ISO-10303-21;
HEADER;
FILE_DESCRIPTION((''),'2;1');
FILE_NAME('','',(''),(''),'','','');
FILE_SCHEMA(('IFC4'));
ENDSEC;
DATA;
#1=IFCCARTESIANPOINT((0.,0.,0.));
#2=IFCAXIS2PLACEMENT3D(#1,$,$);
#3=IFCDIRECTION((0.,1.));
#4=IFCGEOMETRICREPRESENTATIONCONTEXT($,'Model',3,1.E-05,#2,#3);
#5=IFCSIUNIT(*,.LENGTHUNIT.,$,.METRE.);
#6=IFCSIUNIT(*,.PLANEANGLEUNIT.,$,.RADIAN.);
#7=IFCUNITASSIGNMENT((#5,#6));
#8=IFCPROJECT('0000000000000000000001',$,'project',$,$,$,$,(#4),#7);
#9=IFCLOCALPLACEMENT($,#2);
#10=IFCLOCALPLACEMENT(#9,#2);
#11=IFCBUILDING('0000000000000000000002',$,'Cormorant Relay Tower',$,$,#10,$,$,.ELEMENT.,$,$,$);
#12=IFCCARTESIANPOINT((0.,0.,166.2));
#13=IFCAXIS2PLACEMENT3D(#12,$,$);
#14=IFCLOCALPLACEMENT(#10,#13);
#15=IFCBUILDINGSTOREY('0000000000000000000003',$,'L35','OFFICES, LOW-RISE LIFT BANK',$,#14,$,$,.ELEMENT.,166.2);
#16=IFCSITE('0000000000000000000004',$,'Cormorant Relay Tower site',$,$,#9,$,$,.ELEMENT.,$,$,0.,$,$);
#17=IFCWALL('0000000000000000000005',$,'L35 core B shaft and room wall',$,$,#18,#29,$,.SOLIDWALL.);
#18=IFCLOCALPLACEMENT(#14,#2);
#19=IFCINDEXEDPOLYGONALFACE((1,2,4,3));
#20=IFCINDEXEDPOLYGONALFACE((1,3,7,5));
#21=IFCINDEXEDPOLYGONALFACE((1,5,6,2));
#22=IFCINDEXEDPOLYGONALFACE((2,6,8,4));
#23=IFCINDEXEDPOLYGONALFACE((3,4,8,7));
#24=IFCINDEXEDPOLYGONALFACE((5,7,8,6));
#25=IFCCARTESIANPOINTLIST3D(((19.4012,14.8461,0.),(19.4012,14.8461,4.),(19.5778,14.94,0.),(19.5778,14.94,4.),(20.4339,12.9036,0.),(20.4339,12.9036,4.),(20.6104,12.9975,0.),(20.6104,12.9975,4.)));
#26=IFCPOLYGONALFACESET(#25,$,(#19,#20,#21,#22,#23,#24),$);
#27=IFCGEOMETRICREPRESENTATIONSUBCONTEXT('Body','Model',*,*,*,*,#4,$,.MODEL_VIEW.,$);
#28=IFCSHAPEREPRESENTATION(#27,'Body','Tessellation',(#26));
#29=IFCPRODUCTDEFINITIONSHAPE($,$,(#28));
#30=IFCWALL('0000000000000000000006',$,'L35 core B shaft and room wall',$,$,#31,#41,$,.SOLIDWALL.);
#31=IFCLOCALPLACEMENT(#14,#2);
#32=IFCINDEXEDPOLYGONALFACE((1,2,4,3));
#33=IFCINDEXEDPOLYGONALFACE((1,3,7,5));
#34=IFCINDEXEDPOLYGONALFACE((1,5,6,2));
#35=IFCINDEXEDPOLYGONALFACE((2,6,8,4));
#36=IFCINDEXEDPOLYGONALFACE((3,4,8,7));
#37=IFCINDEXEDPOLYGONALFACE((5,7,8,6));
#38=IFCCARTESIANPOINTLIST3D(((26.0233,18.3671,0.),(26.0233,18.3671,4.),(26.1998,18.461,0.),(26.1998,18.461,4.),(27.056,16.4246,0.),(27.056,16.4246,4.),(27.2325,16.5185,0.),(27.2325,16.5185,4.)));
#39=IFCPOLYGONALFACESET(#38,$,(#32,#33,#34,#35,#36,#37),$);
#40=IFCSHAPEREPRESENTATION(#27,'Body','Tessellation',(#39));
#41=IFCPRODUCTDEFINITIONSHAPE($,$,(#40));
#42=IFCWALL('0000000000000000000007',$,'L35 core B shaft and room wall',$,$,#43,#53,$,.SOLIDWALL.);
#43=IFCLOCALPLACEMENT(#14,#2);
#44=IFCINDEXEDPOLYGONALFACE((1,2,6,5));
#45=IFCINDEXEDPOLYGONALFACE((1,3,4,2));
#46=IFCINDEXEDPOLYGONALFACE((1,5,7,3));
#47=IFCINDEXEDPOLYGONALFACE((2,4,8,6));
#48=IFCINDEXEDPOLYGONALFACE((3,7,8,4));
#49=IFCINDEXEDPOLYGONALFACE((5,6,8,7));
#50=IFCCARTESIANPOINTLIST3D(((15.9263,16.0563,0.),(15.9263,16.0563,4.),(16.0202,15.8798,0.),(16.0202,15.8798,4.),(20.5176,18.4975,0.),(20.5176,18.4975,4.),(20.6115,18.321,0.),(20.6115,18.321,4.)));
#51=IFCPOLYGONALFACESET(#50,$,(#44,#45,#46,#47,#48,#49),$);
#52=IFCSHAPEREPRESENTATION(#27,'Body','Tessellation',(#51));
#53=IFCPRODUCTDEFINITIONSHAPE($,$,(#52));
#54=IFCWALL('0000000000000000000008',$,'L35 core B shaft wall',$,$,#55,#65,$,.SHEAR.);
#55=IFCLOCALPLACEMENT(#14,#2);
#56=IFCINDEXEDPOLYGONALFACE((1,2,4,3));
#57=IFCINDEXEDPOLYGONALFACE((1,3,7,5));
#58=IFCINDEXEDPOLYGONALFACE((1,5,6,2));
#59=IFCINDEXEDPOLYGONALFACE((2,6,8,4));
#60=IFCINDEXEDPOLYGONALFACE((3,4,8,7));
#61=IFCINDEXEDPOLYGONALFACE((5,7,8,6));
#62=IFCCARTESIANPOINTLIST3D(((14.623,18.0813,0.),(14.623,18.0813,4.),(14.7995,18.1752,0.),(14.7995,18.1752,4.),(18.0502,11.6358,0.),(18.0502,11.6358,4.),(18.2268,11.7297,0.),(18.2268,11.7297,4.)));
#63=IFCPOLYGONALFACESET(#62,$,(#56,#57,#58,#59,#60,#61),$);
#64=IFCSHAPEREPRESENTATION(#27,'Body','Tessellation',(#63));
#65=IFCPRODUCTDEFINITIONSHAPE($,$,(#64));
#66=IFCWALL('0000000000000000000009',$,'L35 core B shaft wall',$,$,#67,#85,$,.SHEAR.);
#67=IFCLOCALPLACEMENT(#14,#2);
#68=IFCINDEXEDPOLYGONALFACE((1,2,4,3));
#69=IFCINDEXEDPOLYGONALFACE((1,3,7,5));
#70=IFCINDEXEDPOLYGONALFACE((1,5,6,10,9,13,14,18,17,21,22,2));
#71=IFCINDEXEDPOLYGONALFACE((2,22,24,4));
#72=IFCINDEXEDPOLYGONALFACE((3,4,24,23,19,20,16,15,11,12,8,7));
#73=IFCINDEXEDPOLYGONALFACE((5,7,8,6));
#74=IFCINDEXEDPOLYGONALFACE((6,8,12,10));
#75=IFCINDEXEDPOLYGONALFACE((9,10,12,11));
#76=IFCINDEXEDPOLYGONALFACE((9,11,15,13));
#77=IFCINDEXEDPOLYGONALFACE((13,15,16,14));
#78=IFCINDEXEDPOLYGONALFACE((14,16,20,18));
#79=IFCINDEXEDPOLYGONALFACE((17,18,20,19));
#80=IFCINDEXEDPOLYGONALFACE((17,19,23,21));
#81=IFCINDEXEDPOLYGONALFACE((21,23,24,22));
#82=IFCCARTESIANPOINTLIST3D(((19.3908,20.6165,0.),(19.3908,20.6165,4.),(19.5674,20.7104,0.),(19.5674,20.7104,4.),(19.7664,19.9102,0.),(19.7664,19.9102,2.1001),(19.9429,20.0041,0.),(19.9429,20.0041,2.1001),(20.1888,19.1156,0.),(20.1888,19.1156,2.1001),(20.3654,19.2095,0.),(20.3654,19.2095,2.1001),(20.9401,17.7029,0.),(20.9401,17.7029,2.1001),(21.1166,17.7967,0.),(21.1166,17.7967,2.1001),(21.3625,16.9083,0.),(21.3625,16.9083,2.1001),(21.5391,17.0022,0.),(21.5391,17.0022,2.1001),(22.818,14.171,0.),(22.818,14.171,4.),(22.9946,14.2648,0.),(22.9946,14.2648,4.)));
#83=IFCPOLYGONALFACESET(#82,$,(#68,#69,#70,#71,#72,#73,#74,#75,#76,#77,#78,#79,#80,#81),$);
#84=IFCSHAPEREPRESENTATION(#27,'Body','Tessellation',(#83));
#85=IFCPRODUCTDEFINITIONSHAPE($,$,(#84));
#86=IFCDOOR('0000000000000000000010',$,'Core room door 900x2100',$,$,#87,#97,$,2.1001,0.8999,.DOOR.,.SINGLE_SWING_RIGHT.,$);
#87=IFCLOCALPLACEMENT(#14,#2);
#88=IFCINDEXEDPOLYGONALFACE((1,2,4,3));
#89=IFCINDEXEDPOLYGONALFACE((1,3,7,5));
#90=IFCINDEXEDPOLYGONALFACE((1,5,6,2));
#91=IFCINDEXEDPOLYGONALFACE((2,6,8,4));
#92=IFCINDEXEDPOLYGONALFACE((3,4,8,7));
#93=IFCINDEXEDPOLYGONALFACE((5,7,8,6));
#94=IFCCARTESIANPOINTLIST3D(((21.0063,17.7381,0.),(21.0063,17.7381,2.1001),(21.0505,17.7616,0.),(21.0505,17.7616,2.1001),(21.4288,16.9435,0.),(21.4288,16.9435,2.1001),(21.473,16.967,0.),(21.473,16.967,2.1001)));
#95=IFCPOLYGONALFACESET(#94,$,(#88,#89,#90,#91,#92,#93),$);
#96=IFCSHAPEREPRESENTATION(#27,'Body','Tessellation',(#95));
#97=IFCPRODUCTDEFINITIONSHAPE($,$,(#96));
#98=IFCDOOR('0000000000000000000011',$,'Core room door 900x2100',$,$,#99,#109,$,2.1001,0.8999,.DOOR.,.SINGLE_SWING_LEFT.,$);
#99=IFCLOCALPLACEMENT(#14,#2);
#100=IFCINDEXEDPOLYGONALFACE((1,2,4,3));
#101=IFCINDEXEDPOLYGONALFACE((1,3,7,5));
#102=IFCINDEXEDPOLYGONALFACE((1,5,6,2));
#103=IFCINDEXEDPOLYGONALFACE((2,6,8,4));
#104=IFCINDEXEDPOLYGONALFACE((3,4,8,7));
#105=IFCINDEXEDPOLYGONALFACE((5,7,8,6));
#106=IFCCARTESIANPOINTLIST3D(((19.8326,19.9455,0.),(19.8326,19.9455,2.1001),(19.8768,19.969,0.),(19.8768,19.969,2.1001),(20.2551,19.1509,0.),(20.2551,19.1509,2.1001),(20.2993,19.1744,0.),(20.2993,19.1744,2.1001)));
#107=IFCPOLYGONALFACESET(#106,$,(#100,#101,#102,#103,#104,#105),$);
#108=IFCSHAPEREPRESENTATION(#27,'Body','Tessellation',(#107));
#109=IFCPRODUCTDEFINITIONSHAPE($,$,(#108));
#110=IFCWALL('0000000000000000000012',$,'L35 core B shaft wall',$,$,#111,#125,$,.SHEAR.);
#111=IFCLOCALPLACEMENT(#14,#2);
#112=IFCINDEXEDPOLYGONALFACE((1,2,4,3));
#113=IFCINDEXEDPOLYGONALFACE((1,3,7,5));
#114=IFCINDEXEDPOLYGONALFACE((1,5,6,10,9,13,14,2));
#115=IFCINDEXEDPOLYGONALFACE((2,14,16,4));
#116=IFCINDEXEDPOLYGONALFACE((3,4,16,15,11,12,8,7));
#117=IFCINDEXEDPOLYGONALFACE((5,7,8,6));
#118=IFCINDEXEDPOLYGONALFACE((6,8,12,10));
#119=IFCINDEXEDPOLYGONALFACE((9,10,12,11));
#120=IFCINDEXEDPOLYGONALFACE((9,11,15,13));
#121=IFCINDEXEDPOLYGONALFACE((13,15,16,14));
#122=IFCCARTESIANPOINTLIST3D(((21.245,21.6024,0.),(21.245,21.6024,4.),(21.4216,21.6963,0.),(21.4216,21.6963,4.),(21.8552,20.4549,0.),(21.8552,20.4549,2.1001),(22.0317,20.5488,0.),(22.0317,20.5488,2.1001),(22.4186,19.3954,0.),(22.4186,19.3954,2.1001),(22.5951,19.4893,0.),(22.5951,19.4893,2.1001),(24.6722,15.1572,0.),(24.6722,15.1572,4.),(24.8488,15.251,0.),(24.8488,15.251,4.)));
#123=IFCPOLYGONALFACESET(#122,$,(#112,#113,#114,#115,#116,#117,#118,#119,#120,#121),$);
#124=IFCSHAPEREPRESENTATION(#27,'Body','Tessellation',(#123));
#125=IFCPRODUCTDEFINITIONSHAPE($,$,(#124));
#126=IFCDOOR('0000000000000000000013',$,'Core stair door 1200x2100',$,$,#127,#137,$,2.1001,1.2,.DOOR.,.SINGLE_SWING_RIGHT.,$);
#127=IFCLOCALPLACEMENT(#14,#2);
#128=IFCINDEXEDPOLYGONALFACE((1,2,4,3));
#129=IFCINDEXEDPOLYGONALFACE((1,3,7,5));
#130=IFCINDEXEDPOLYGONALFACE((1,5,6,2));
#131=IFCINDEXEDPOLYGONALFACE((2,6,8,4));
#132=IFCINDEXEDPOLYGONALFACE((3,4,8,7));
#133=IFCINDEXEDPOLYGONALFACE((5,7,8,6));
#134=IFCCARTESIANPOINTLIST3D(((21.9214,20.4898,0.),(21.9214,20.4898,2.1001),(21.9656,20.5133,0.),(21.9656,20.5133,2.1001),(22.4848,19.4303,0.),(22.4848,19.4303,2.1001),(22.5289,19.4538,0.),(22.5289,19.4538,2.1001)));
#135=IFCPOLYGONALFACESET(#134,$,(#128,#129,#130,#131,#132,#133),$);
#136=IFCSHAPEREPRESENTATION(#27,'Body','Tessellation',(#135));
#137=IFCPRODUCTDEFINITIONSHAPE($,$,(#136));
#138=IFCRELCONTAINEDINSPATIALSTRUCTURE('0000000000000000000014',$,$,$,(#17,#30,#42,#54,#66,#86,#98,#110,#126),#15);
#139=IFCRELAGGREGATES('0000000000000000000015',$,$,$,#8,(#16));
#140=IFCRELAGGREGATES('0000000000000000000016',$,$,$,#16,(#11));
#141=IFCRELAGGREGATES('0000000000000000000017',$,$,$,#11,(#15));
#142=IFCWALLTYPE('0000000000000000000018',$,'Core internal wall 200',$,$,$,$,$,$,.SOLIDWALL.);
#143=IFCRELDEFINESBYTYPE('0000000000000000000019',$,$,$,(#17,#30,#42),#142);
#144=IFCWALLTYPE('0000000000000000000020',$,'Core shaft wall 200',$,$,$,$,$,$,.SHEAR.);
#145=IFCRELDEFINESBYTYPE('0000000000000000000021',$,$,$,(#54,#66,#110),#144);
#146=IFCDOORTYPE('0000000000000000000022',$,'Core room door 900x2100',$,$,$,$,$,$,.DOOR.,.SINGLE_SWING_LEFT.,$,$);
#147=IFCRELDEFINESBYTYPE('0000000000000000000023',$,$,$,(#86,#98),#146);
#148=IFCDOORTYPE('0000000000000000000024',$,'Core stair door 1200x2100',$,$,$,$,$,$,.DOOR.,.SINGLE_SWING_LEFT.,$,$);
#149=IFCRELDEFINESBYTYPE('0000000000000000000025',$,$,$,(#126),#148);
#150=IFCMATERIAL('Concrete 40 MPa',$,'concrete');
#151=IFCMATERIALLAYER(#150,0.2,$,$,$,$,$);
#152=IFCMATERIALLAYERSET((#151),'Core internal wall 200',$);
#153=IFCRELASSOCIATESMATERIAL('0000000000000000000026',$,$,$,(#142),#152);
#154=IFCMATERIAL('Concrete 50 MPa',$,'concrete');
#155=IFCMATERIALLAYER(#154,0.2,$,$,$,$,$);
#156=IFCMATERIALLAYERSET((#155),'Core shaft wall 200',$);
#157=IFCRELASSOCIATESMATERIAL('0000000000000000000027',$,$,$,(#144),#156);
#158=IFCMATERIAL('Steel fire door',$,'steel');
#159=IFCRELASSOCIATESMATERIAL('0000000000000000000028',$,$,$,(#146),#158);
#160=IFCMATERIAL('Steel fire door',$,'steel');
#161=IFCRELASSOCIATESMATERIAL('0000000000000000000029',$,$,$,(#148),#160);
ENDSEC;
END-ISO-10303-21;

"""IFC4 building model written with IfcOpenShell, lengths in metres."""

from ifc_helpers import new_model, si_unit, direction, frame, frame_2d, origin, place, context, subcontext, project, spatial, rectangle, extrude, material, layer, layer_set, type_object, element, fill, save


model = new_model("IFC4")

# Units and contexts
model_context = context("Model", 3, precision=1e-05, world=origin(), true_north=direction((0.0, 1.0)))
body_context = subcontext(model_context, "Body", "Model", "MODEL_VIEW")
ifc_project = project(units=[si_unit("LENGTHUNIT", "METRE"), si_unit("PLANEANGLEUNIT", "RADIAN")], contexts=[model_context])

# Site, building, storey
site_placement = place(None, origin())
site = spatial("IfcSite", under=ifc_project, at=site_placement, Name="Cormorant Relay Tower site", CompositionType="ELEMENT", RefElevation=0.0)
building_placement = place(site_placement, origin())
building = spatial("IfcBuilding", under=site, at=building_placement, Name="Cormorant Relay Tower", CompositionType="ELEMENT")
storey_placement = place(building_placement, frame((0.0, 0.0, 166.2)))
storey = spatial("IfcBuildingStorey", under=building, at=storey_placement, Name="L35", Description="OFFICES, LOW-RISE LIFT BANK", CompositionType="ELEMENT", Elevation=166.2)

# Walls
ifc_material_1 = material(Name="Concrete 40 MPa", Category="concrete")
ifc_layer_1 = layer(ifc_material_1, 0.2)
ifc_layer_set_1 = layer_set([ifc_layer_1], Name="Core internal wall 200")
wall_type_1 = type_object("IfcWallType", Name="Core internal wall 200", PredefinedType="SOLIDWALL", material=ifc_layer_set_1)
for number, where, z_axis, x_axis, name in (
    (1, (20.5222, 12.9504, 0.0), (0.0, 0.0, 1.0), (-0.469401, 0.882985, 0.0), "L35 core B shaft and room wall"),
    (2, (27.1443, 16.4714, 0.0), (0.0, 0.0, 1.0), (-0.469401, 0.882985, 0.0), "L35 core B shaft and room wall"),
):
    element("IfcWall", number, at=place(storey_placement, frame(where, z_axis=z_axis, x_axis=x_axis)), inside=storey, type_object=wall_type_1, Name=name, PredefinedType="SOLIDWALL", context=body_context, shape_type="SweptSolid", body=[
        extrude(rectangle(XDim=2.2, YDim=0.2, at=frame_2d((1.1001, 0.0))), origin(), (0.0, 0.0, 1.0), 4.0),
    ])
wall_1_placement = place(storey_placement, frame((15.9731, 15.968, 0.0), z_axis=(0.0, 0.0, 1.0), x_axis=(0.882954, 0.46946, 0.0)))
element("IfcWall", 3, at=wall_1_placement, inside=storey, type_object=wall_type_1, Name="L35 core B shaft and room wall", PredefinedType="SOLIDWALL", context=body_context, shape_type="SweptSolid", body=[
    extrude(rectangle(XDim=5.2, YDim=0.2, at=frame_2d((2.6001, 0.0))), origin(), (0.0, 0.0, 1.0), 4.0),
])
ifc_material_2 = material(Name="Concrete 50 MPa", Category="concrete")
ifc_layer_2 = layer(ifc_material_2, 0.2)
ifc_layer_set_2 = layer_set([ifc_layer_2], Name="Core shaft wall 200")
wall_type_2 = type_object("IfcWallType", Name="Core shaft wall 200", PredefinedType="SHEAR", material=ifc_layer_set_2)
wall_2_placement = place(storey_placement, frame((18.1384, 11.6829, 0.0), z_axis=(0.0, 0.0, 1.0), x_axis=(-0.46948, 0.882943, 0.0)))
element("IfcWall", 4, at=wall_2_placement, inside=storey, type_object=wall_type_2, Name="L35 core B shaft wall", PredefinedType="SHEAR", context=body_context, shape_type="SweptSolid", body=[
    extrude(rectangle(XDim=7.3, YDim=0.2, at=frame_2d((3.6499, 0.0))), origin(), (0.0, 0.0, 1.0), 4.0),
])

# Wall, openings, doors
wall_3_placement = place(storey_placement, frame((22.9062, 14.218, 0.0), z_axis=(0.0, 0.0, 1.0), x_axis=(-0.46948, 0.882943, 0.0)))
wall_3 = element("IfcWall", 5, at=wall_3_placement, inside=storey, type_object=wall_type_2, Name="L35 core B shaft wall", PredefinedType="SHEAR", context=body_context, shape_type="SweptSolid", body=[
    extrude(rectangle(XDim=7.3, YDim=0.2, at=frame_2d((3.6499, 0.0))), origin(), (0.0, 0.0, 1.0), 4.0),
])
opening_1_placement = place(wall_3_placement, frame((3.1001, 0.0, 0.0)))
opening_1 = element("IfcOpeningElement", 6, at=opening_1_placement, cuts=wall_3, PredefinedType="OPENING", context=body_context, shape_type="SweptSolid", body=[
    extrude(rectangle(XDim=0.8999, YDim=2.1001, at=frame_2d((0.45, 1.05))), frame((0.0, 0.1099, 0.0), z_axis=(0.0, -1.0, 0.0), x_axis=(1.0, 0.0, 0.0)), (0.0, 0.0, 1.0), 0.22),
])
opening_2_placement = place(wall_3_placement, frame((5.6001, 0.0, 0.0)))
opening_2 = element("IfcOpeningElement", 7, at=opening_2_placement, cuts=wall_3, PredefinedType="OPENING", context=body_context, shape_type="SweptSolid", body=[
    extrude(rectangle(XDim=0.8999, YDim=2.1001, at=frame_2d((0.45, 1.05))), frame((0.0, 0.1099, 0.0), z_axis=(0.0, -1.0, 0.0), x_axis=(1.0, 0.0, 0.0)), (0.0, 0.0, 1.0), 0.22),
])
ifc_material_3 = material(Name="Steel fire door", Category="steel")
door_type_1 = type_object("IfcDoorType", Name="Core room door 900x2100", OperationType="SINGLE_SWING_LEFT", PredefinedType="DOOR", material=ifc_material_3)
door_1_placement = place(opening_1_placement, origin())
door_1 = element("IfcDoor", 8, at=door_1_placement, inside=storey, type_object=door_type_1, Name="Core room door 900x2100", OperationType="SINGLE_SWING_RIGHT", OverallHeight=2.1001, OverallWidth=0.8999, PredefinedType="DOOR", context=body_context, shape_type="SweptSolid", body=[
    extrude(rectangle(XDim=0.8999, YDim=2.1001, at=frame_2d((0.45, 1.05))), frame((0.0, 0.0249, 0.0), z_axis=(0.0, -1.0, 0.0), x_axis=(1.0, 0.0, 0.0)), (0.0, 0.0, 1.0), 0.05),
])
fill(opening_1, door_1)
door_2_placement = place(opening_2_placement, origin())
door_2 = element("IfcDoor", 9, at=door_2_placement, inside=storey, type_object=door_type_1, Name="Core room door 900x2100", OperationType="SINGLE_SWING_LEFT", OverallHeight=2.1001, OverallWidth=0.8999, PredefinedType="DOOR", context=body_context, shape_type="SweptSolid", body=[
    extrude(rectangle(XDim=0.8999, YDim=2.1001, at=frame_2d((0.45, 1.05))), frame((0.0, 0.0249, 0.0), z_axis=(0.0, -1.0, 0.0), x_axis=(1.0, 0.0, 0.0)), (0.0, 0.0, 1.0), 0.05),
])
fill(opening_2, door_2)

# Wall, opening, door
wall_4_placement = place(storey_placement, frame((24.7605, 15.2041, 0.0), z_axis=(0.0, 0.0, 1.0), x_axis=(-0.469494, 0.882936, 0.0)))
wall_4 = element("IfcWall", 10, at=wall_4_placement, inside=storey, type_object=wall_type_2, Name="L35 core B shaft wall", PredefinedType="SHEAR", context=body_context, shape_type="SweptSolid", body=[
    extrude(rectangle(XDim=7.2998, YDim=0.2, at=frame_2d((3.6499, 0.0))), origin(), (0.0, 0.0, 1.0), 4.0),
])
opening_3_placement = place(wall_4_placement, frame((4.8, 0.0, 0.0)))
opening_3 = element("IfcOpeningElement", 11, at=opening_3_placement, cuts=wall_4, PredefinedType="OPENING", context=body_context, shape_type="SweptSolid", body=[
    extrude(rectangle(XDim=1.2, YDim=2.1001, at=frame_2d((0.6001, 1.05))), frame((0.0, 0.1099, 0.0), z_axis=(0.0, -1.0, 0.0), x_axis=(1.0, 0.0, 0.0)), (0.0, 0.0, 1.0), 0.22),
])
ifc_material_4 = material(Name="Steel fire door", Category="steel")
door_type_2 = type_object("IfcDoorType", Name="Core stair door 1200x2100", OperationType="SINGLE_SWING_LEFT", PredefinedType="DOOR", material=ifc_material_4)
door_3_placement = place(opening_3_placement, frame((1.2, 0.0, 0.0), z_axis=(0.0, 0.0, 1.0), x_axis=(-1.0, 0.0, 0.0)))
door_3 = element("IfcDoor", 12, at=door_3_placement, inside=storey, type_object=door_type_2, Name="Core stair door 1200x2100", OperationType="SINGLE_SWING_RIGHT", OverallHeight=2.1001, OverallWidth=1.2, PredefinedType="DOOR", context=body_context, shape_type="SweptSolid", body=[
    extrude(rectangle(XDim=1.2, YDim=2.1001, at=frame_2d((0.6001, 1.05))), frame((0.0, 0.0249, 0.0), z_axis=(0.0, -1.0, 0.0), x_axis=(1.0, 0.0, 0.0)), (0.0, 0.0, 1.0), 0.05),
])
fill(opening_3, door_3)

save(model, "model.ifc")
